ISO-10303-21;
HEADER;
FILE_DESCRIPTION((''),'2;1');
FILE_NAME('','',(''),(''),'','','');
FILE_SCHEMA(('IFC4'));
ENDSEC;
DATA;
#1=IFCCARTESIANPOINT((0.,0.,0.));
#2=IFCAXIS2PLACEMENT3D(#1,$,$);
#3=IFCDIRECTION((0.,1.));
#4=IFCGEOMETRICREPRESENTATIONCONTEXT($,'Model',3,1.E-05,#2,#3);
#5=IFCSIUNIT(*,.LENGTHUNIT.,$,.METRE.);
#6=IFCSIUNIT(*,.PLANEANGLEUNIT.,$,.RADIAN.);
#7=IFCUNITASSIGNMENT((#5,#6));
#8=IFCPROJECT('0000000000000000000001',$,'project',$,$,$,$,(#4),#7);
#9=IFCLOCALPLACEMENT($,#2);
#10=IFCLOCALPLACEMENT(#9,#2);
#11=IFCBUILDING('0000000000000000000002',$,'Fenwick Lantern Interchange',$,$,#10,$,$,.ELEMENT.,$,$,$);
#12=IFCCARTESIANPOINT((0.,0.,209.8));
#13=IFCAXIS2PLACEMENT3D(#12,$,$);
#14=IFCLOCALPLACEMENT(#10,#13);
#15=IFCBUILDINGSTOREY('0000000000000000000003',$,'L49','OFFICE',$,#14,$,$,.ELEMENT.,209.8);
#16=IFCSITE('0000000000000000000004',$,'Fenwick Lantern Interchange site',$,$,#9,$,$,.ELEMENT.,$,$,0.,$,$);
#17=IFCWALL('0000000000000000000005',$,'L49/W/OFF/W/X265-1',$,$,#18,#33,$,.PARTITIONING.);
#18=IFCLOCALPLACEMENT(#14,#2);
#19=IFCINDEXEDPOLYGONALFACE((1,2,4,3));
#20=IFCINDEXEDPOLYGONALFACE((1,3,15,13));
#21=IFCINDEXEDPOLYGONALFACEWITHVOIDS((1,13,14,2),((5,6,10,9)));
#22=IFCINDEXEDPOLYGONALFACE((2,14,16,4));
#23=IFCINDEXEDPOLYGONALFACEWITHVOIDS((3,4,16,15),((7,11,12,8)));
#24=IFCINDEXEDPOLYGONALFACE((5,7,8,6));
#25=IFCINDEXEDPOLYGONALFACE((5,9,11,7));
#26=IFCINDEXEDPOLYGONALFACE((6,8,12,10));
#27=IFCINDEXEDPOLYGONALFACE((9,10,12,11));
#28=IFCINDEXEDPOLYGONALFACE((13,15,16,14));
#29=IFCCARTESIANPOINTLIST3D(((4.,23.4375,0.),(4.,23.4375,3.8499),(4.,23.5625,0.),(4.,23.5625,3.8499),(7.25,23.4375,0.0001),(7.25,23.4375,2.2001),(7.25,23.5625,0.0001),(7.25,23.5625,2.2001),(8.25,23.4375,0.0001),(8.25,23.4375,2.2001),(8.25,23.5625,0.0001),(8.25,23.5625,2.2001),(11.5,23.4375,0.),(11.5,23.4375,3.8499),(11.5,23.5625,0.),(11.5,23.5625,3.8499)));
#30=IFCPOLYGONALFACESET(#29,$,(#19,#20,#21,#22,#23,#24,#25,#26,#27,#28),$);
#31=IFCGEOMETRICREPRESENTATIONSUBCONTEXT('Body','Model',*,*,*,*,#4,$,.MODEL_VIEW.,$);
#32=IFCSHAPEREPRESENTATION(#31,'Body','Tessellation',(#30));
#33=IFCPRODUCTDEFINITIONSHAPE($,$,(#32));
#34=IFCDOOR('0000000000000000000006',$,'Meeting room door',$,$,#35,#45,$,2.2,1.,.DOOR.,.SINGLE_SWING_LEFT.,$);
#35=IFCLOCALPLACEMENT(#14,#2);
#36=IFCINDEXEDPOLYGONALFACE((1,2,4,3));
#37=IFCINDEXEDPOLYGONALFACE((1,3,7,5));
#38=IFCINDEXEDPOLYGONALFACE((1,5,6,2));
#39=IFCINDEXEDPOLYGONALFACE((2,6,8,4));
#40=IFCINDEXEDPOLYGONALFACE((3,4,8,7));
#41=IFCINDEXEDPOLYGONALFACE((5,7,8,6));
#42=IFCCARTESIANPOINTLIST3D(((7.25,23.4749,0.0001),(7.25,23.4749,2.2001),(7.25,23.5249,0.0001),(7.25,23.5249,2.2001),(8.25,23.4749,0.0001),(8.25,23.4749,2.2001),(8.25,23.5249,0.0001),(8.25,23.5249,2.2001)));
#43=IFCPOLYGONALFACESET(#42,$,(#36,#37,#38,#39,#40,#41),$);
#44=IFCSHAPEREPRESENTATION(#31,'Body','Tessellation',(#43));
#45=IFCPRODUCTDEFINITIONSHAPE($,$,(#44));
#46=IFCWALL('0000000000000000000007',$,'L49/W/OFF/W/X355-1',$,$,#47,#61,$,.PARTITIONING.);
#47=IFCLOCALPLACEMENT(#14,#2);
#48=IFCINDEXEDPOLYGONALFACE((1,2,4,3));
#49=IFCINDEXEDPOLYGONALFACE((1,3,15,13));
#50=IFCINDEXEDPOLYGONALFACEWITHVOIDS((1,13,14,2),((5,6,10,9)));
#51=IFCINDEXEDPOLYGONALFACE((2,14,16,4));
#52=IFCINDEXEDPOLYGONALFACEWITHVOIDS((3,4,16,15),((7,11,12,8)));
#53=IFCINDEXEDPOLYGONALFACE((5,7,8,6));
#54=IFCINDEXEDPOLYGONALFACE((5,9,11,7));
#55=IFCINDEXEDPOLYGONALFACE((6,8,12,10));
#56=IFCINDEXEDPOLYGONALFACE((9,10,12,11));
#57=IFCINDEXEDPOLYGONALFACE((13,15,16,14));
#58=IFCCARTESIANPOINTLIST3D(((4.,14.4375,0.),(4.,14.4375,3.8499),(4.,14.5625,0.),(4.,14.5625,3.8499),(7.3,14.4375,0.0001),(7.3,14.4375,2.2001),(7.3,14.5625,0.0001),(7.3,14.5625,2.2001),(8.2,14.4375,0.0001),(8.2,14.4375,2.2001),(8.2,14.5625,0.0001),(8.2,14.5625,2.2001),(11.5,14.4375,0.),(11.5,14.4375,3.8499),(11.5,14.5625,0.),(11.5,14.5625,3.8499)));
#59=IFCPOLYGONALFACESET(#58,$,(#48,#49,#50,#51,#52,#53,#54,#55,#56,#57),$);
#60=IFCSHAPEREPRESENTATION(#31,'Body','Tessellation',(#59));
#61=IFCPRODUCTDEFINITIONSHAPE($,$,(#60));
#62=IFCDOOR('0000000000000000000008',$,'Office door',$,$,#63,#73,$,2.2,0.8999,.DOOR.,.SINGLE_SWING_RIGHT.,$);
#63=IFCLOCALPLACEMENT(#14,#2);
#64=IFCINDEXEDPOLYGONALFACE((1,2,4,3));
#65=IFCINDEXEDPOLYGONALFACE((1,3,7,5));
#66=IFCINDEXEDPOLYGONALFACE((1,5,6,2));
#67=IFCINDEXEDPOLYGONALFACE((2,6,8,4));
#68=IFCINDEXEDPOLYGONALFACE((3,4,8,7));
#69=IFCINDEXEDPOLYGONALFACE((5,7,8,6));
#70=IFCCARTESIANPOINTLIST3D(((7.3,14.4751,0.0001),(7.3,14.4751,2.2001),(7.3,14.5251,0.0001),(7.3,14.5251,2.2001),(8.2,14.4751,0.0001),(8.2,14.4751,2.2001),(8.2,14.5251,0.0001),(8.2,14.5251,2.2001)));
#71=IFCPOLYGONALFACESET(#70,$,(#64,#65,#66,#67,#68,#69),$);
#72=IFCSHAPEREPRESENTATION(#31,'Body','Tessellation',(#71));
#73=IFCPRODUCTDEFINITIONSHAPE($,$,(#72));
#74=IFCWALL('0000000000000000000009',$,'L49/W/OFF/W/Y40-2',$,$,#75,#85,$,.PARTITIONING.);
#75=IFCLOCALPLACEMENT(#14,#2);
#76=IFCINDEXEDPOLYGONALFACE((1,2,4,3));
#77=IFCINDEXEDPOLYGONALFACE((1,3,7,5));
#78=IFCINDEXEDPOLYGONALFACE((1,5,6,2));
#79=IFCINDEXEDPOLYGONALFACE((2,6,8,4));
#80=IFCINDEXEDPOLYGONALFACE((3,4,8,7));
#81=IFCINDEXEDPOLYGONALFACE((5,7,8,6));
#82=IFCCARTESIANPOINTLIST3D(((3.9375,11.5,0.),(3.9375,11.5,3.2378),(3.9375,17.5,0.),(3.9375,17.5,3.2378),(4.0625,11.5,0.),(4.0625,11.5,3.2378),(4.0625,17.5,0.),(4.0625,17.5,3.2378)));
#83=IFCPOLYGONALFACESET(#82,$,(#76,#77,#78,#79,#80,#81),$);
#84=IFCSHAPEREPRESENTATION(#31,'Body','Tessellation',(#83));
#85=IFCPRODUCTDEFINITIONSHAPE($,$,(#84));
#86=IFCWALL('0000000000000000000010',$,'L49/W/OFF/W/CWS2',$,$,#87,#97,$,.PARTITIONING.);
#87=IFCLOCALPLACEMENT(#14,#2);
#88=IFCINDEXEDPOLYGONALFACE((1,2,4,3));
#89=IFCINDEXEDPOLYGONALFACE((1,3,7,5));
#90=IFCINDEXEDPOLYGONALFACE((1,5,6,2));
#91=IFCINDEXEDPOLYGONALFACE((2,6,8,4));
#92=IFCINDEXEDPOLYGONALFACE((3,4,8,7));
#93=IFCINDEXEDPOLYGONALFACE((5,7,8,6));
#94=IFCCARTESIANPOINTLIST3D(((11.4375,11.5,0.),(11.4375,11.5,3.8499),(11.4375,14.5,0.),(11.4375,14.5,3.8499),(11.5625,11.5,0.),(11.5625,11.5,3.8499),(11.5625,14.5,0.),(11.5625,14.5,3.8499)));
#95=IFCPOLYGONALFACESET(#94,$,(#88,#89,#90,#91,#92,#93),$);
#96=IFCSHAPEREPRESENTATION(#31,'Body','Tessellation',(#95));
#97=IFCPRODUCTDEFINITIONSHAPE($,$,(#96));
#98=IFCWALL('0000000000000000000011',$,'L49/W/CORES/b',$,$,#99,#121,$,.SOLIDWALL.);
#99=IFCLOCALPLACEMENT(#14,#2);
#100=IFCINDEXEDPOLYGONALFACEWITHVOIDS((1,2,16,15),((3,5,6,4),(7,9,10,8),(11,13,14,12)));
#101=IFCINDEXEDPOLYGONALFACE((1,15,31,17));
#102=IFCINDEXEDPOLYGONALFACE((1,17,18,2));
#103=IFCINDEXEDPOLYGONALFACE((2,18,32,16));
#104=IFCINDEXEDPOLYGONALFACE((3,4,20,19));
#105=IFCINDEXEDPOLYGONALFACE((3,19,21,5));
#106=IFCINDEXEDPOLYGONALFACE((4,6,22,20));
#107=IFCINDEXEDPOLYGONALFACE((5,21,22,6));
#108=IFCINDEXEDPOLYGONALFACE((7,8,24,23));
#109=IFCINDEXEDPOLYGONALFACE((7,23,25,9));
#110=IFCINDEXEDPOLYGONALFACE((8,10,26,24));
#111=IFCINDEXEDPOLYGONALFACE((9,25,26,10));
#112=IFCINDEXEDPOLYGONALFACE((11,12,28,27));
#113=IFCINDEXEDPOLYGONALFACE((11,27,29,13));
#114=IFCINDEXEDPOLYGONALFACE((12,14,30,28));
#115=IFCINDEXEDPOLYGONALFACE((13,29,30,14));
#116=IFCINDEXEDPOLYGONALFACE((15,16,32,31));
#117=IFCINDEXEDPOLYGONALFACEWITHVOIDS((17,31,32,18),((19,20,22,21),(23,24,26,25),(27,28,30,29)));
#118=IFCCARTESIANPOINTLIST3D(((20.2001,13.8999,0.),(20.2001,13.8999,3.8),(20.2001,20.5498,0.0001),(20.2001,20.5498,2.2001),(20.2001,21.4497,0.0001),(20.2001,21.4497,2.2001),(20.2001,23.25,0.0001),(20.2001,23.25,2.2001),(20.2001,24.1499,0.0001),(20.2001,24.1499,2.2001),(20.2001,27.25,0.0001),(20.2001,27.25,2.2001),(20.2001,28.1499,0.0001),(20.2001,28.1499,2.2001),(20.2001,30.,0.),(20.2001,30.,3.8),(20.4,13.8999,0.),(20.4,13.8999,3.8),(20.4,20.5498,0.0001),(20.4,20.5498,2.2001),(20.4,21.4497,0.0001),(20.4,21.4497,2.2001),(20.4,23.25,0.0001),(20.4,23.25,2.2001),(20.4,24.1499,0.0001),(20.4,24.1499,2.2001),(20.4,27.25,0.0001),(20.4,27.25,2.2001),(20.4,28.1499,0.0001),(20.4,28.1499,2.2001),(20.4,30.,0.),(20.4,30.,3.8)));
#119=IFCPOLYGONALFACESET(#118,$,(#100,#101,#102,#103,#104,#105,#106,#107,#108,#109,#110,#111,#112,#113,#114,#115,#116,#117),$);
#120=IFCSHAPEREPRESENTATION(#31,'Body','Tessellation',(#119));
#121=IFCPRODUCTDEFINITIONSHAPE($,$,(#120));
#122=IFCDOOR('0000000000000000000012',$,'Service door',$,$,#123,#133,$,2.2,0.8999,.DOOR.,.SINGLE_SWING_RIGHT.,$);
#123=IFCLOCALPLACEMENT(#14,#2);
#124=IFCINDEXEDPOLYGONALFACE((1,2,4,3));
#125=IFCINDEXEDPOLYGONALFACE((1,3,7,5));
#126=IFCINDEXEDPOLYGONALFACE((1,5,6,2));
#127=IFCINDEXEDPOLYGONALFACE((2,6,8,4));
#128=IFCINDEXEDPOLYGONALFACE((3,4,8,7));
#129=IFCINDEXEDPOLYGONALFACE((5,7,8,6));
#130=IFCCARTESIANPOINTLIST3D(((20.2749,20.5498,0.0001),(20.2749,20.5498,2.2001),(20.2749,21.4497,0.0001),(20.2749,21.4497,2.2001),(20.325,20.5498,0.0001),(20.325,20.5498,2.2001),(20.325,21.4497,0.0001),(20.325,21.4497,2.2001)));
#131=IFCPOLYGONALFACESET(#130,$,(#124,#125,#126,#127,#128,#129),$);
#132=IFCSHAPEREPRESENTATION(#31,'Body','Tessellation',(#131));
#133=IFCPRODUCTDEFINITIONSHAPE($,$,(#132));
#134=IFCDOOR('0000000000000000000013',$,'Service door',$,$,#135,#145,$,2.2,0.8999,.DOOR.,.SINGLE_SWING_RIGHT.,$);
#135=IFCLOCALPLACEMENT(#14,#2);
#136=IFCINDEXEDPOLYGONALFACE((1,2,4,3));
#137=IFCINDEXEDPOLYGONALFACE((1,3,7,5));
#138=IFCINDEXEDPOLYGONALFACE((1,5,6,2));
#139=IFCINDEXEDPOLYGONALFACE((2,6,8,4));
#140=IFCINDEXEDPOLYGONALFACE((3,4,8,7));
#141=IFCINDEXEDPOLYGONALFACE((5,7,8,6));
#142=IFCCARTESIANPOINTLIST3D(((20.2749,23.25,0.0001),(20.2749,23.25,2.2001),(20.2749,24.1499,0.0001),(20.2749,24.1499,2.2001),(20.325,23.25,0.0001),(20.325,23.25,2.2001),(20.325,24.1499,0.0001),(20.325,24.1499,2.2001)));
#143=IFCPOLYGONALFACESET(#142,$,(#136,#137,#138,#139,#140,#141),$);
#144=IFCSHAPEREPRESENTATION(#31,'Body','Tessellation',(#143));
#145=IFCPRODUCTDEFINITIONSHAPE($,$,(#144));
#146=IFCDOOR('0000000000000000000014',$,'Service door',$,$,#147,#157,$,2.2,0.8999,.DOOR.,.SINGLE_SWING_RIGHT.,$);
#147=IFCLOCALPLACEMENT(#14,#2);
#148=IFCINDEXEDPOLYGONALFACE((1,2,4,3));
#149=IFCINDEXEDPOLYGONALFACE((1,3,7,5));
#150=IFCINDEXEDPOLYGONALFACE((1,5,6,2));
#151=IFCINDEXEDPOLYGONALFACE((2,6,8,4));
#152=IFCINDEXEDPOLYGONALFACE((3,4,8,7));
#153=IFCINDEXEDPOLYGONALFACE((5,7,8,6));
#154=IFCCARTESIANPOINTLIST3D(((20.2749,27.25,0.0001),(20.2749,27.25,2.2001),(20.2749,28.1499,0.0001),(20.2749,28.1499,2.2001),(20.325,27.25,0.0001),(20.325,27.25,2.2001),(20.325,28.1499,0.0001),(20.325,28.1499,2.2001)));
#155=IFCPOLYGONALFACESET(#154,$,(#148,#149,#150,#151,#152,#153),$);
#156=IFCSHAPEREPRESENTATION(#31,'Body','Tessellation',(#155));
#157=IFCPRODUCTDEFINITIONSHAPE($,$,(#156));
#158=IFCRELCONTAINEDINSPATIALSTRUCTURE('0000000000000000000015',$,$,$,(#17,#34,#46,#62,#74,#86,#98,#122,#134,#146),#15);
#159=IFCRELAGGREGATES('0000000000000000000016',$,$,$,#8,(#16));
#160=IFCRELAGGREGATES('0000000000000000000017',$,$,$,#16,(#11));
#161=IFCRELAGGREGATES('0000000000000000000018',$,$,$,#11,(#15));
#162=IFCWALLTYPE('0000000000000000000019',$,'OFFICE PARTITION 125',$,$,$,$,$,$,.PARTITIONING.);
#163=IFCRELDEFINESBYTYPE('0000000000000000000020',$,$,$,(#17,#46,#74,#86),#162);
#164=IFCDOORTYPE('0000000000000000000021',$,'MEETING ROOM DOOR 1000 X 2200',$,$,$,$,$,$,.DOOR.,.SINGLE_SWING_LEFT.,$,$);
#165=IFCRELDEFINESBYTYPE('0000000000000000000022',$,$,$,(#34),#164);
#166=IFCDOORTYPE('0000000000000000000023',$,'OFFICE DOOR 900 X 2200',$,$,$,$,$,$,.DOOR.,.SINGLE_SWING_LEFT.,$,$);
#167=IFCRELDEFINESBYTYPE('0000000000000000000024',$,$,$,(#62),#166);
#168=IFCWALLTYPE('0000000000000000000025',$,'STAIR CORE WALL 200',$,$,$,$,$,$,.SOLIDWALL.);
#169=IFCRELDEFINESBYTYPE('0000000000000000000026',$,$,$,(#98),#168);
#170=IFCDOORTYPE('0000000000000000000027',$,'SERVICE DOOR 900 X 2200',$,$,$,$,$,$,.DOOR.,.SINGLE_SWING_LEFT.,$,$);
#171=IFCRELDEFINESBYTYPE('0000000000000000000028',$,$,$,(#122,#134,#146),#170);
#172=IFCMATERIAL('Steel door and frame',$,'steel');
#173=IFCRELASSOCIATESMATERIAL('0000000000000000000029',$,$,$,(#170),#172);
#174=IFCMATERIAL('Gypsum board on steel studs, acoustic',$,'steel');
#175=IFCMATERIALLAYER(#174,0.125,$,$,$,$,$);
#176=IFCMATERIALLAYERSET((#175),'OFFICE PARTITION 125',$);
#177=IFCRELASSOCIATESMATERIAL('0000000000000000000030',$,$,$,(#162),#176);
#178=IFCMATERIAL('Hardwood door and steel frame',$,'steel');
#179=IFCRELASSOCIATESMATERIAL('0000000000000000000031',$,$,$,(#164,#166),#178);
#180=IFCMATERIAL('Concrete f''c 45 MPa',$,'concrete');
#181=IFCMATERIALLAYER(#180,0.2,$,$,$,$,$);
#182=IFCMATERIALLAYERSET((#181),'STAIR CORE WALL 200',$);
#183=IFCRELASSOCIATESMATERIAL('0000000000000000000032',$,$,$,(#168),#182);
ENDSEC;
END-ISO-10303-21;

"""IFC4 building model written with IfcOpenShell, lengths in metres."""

from ifc_helpers import new_model, si_unit, direction, frame, frame_2d, origin, place, context, subcontext, project, spatial, rectangle, extrude, material, layer, layer_set, type_object, element, fill, save


model = new_model("IFC4")

# Units and contexts
model_context = context("Model", 3, precision=1e-05, world=origin(), true_north=direction((0.0, 1.0)))
body_context = subcontext(model_context, "Body", "Model", "MODEL_VIEW")
ifc_project = project(units=[si_unit("LENGTHUNIT", "METRE"), si_unit("PLANEANGLEUNIT", "RADIAN")], contexts=[model_context])

# Site, building, storey
site_placement = place(None, origin())
site = spatial("IfcSite", under=ifc_project, at=site_placement, Name="Fenwick Lantern Interchange site", CompositionType="ELEMENT", RefElevation=0.0)
building_placement = place(site_placement, origin())
building = spatial("IfcBuilding", under=site, at=building_placement, Name="Fenwick Lantern Interchange", CompositionType="ELEMENT")
storey_placement = place(building_placement, frame((0.0, 0.0, 209.8)))
storey = spatial("IfcBuildingStorey", under=building, at=storey_placement, Name="L49", Description="OFFICE", CompositionType="ELEMENT", Elevation=209.8)

# Shared definitions
ifc_material_1 = material(Name="Steel door and frame", Category="steel")
door_type_1 = type_object("IfcDoorType", Name="SERVICE DOOR 900 X 2200", OperationType="SINGLE_SWING_LEFT", PredefinedType="DOOR", material=ifc_material_1)

# Shared definitions
ifc_material_2 = material(Name="Hardwood door and steel frame", Category="steel")

# Walls, openings, doors
ifc_material_3 = material(Name="Gypsum board on steel studs, acoustic", Category="steel")
ifc_layer_1 = layer(ifc_material_3, 0.125)
ifc_layer_set_1 = layer_set([ifc_layer_1], Name="OFFICE PARTITION 125")
wall_type_1 = type_object("IfcWallType", Name="OFFICE PARTITION 125", PredefinedType="PARTITIONING", material=ifc_layer_set_1)
wall_1_placement = place(storey_placement, frame((4.0, 23.5, 0.0), z_axis=(0.0, 0.0, 1.0), x_axis=(1.0, 0.0, 0.0)))
wall_1 = element("IfcWall", 1, at=wall_1_placement, inside=storey, type_object=wall_type_1, Name="L49/W/OFF/W/X265-1", PredefinedType="PARTITIONING", context=body_context, shape_type="SweptSolid", body=[
    extrude(rectangle(XDim=7.5, YDim=0.125, at=frame_2d((3.75, 0.0))), origin(), (0.0, 0.0, 1.0), 3.8499),
])
opening_1_placement = place(wall_1_placement, frame((3.25, 0.0, 0.0)))
opening_1 = element("IfcOpeningElement", 2, at=opening_1_placement, cuts=wall_1, PredefinedType="OPENING", context=body_context, shape_type="SweptSolid", body=[
    extrude(rectangle(XDim=1.0, YDim=2.2, at=frame_2d((0.5, 1.1001))), frame((0.0, 0.0725, 0.0), z_axis=(0.0, -1.0, 0.0), x_axis=(1.0, 0.0, 0.0)), (0.0, 0.0, 1.0), 0.145),
])
door_type_2 = type_object("IfcDoorType", Name="MEETING ROOM DOOR 1000 X 2200", OperationType="SINGLE_SWING_LEFT", PredefinedType="DOOR", material=ifc_material_2)
door_1_placement = place(opening_1_placement, origin())
door_1 = element("IfcDoor", 3, at=door_1_placement, inside=storey, type_object=door_type_2, Name="Meeting room door", OperationType="SINGLE_SWING_LEFT", OverallHeight=2.2, OverallWidth=1.0, PredefinedType="DOOR", context=body_context, shape_type="SweptSolid", body=[
    extrude(rectangle(XDim=1.0, YDim=2.2, at=frame_2d((0.5, 1.1001))), frame((0.0, 0.0249, 0.0), z_axis=(0.0, -1.0, 0.0), x_axis=(1.0, 0.0, 0.0)), (0.0, 0.0, 1.0), 0.05),
])
fill(opening_1, door_1)
wall_2_placement = place(storey_placement, frame((4.0, 14.5, 0.0), z_axis=(0.0, 0.0, 1.0), x_axis=(1.0, 0.0, 0.0)))
wall_2 = element("IfcWall", 4, at=wall_2_placement, inside=storey, type_object=wall_type_1, Name="L49/W/OFF/W/X355-1", PredefinedType="PARTITIONING", context=body_context, shape_type="SweptSolid", body=[
    extrude(rectangle(XDim=7.5, YDim=0.125, at=frame_2d((3.75, 0.0))), origin(), (0.0, 0.0, 1.0), 3.8499),
])
opening_2_placement = place(wall_2_placement, frame((3.3, 0.0, 0.0)))
opening_2 = element("IfcOpeningElement", 5, at=opening_2_placement, cuts=wall_2, PredefinedType="OPENING", context=body_context, shape_type="SweptSolid", body=[
    extrude(rectangle(XDim=0.8999, YDim=2.2, at=frame_2d((0.45, 1.1001))), frame((0.0, 0.0725, 0.0), z_axis=(0.0, -1.0, 0.0), x_axis=(1.0, 0.0, 0.0)), (0.0, 0.0, 1.0), 0.145),
])
door_type_3 = type_object("IfcDoorType", Name="OFFICE DOOR 900 X 2200", OperationType="SINGLE_SWING_LEFT", PredefinedType="DOOR", material=ifc_material_2)
door_2_placement = place(opening_2_placement, frame((0.8999, 0.0, 0.0), z_axis=(0.0, 0.0, 1.0), x_axis=(-1.0, 0.0, 0.0)))
door_2 = element("IfcDoor", 6, at=door_2_placement, inside=storey, type_object=door_type_3, Name="Office door", OperationType="SINGLE_SWING_RIGHT", OverallHeight=2.2, OverallWidth=0.8999, PredefinedType="DOOR", context=body_context, shape_type="SweptSolid", body=[
    extrude(rectangle(XDim=0.8999, YDim=2.2, at=frame_2d((0.45, 1.1001))), frame((0.0, 0.0249, 0.0), z_axis=(0.0, -1.0, 0.0), x_axis=(1.0, 0.0, 0.0)), (0.0, 0.0, 1.0), 0.05),
])
fill(opening_2, door_2)

# Walls
wall_3_placement = place(storey_placement, frame((4.0, 17.5, 0.0), z_axis=(0.0, 0.0, 1.0), x_axis=(0.0, -1.0, 0.0)))
element("IfcWall", 7, at=wall_3_placement, inside=storey, type_object=wall_type_1, Name="L49/W/OFF/W/Y40-2", PredefinedType="PARTITIONING", context=body_context, shape_type="SweptSolid", body=[
    extrude(rectangle(XDim=6.0, YDim=0.125, at=frame_2d((3.0, 0.0))), origin(), (0.0, 0.0, 1.0), 3.2378),
])
wall_4_placement = place(storey_placement, frame((11.5, 14.5, 0.0), z_axis=(0.0, 0.0, 1.0), x_axis=(0.0, -1.0, 0.0)))
element("IfcWall", 8, at=wall_4_placement, inside=storey, type_object=wall_type_1, Name="L49/W/OFF/W/CWS2", PredefinedType="PARTITIONING", context=body_context, shape_type="SweptSolid", body=[
    extrude(rectangle(XDim=3.0, YDim=0.125, at=frame_2d((1.5, 0.0))), origin(), (0.0, 0.0, 1.0), 3.8499),
])

# Wall, openings, doors
ifc_material_4 = material(Name="Concrete f'c 45 MPa", Category="concrete")
ifc_layer_2 = layer(ifc_material_4, 0.2)
ifc_layer_set_2 = layer_set([ifc_layer_2], Name="STAIR CORE WALL 200")
wall_type_2 = type_object("IfcWallType", Name="STAIR CORE WALL 200", PredefinedType="SOLIDWALL", material=ifc_layer_set_2)
wall_5_placement = place(storey_placement, frame((20.3, 13.8999, 0.0), z_axis=(0.0, 0.0, 1.0), x_axis=(0.0, 1.0, 0.0)))
wall_5 = element("IfcWall", 9, at=wall_5_placement, inside=storey, type_object=wall_type_2, Name="L49/W/CORES/b", PredefinedType="SOLIDWALL", context=body_context, shape_type="SweptSolid", body=[
    extrude(rectangle(XDim=16.1001, YDim=0.2, at=frame_2d((8.05, 0.0))), origin(), (0.0, 0.0, 1.0), 3.8),
])
opening_3_placement = place(wall_5_placement, frame((6.6499, 0.0, 0.0)))
opening_3 = element("IfcOpeningElement", 10, at=opening_3_placement, cuts=wall_5, PredefinedType="OPENING", context=body_context, shape_type="SweptSolid", body=[
    extrude(rectangle(XDim=0.8999, YDim=2.2, at=frame_2d((0.45, 1.1001))), frame((0.0, 0.1099, 0.0), z_axis=(0.0, -1.0, 0.0), x_axis=(1.0, 0.0, 0.0)), (0.0, 0.0, 1.0), 0.22),
])
opening_4_placement = place(wall_5_placement, frame((9.3501, 0.0, 0.0)))
opening_4 = element("IfcOpeningElement", 11, at=opening_4_placement, cuts=wall_5, PredefinedType="OPENING", context=body_context, shape_type="SweptSolid", body=[
    extrude(rectangle(XDim=0.8999, YDim=2.2, at=frame_2d((0.45, 1.1001))), frame((0.0, 0.1099, 0.0), z_axis=(0.0, -1.0, 0.0), x_axis=(1.0, 0.0, 0.0)), (0.0, 0.0, 1.0), 0.22),
])
opening_5_placement = place(wall_5_placement, frame((13.3501, 0.0, 0.0)))
opening_5 = element("IfcOpeningElement", 12, at=opening_5_placement, cuts=wall_5, PredefinedType="OPENING", context=body_context, shape_type="SweptSolid", body=[
    extrude(rectangle(XDim=0.8999, YDim=2.2, at=frame_2d((0.45, 1.1001))), frame((0.0, 0.1099, 0.0), z_axis=(0.0, -1.0, 0.0), x_axis=(1.0, 0.0, 0.0)), (0.0, 0.0, 1.0), 0.22),
])
door_3_placement = place(opening_3_placement, frame((0.8999, 0.0, 0.0), z_axis=(0.0, 0.0, 1.0), x_axis=(-1.0, 0.0, 0.0)))
door_3 = element("IfcDoor", 13, at=door_3_placement, inside=storey, type_object=door_type_1, Name="Service door", OperationType="SINGLE_SWING_RIGHT", OverallHeight=2.2, OverallWidth=0.8999, PredefinedType="DOOR", context=body_context, shape_type="SweptSolid", body=[
    extrude(rectangle(XDim=0.8999, YDim=2.2, at=frame_2d((0.45, 1.1001))), frame((0.0, 0.0249, 0.0), z_axis=(0.0, -1.0, 0.0), x_axis=(1.0, 0.0, 0.0)), (0.0, 0.0, 1.0), 0.05),
])
fill(opening_3, door_3)
door_4_placement = place(opening_4_placement, frame((0.8999, 0.0, 0.0), z_axis=(0.0, 0.0, 1.0), x_axis=(-1.0, 0.0, 0.0)))
door_4 = element("IfcDoor", 14, at=door_4_placement, inside=storey, type_object=door_type_1, Name="Service door", OperationType="SINGLE_SWING_RIGHT", OverallHeight=2.2, OverallWidth=0.8999, PredefinedType="DOOR", context=body_context, shape_type="SweptSolid", body=[
    extrude(rectangle(XDim=0.8999, YDim=2.2, at=frame_2d((0.45, 1.1001))), frame((0.0, 0.0249, 0.0), z_axis=(0.0, -1.0, 0.0), x_axis=(1.0, 0.0, 0.0)), (0.0, 0.0, 1.0), 0.05),
])
fill(opening_4, door_4)
door_5_placement = place(opening_5_placement, frame((0.8999, 0.0, 0.0), z_axis=(0.0, 0.0, 1.0), x_axis=(-1.0, 0.0, 0.0)))
door_5 = element("IfcDoor", 15, at=door_5_placement, inside=storey, type_object=door_type_1, Name="Service door", OperationType="SINGLE_SWING_RIGHT", OverallHeight=2.2, OverallWidth=0.8999, PredefinedType="DOOR", context=body_context, shape_type="SweptSolid", body=[
    extrude(rectangle(XDim=0.8999, YDim=2.2, at=frame_2d((0.45, 1.1001))), frame((0.0, 0.0249, 0.0), z_axis=(0.0, -1.0, 0.0), x_axis=(1.0, 0.0, 0.0)), (0.0, 0.0, 1.0), 0.05),
])
fill(opening_5, door_5)

save(model, "model.ifc")
